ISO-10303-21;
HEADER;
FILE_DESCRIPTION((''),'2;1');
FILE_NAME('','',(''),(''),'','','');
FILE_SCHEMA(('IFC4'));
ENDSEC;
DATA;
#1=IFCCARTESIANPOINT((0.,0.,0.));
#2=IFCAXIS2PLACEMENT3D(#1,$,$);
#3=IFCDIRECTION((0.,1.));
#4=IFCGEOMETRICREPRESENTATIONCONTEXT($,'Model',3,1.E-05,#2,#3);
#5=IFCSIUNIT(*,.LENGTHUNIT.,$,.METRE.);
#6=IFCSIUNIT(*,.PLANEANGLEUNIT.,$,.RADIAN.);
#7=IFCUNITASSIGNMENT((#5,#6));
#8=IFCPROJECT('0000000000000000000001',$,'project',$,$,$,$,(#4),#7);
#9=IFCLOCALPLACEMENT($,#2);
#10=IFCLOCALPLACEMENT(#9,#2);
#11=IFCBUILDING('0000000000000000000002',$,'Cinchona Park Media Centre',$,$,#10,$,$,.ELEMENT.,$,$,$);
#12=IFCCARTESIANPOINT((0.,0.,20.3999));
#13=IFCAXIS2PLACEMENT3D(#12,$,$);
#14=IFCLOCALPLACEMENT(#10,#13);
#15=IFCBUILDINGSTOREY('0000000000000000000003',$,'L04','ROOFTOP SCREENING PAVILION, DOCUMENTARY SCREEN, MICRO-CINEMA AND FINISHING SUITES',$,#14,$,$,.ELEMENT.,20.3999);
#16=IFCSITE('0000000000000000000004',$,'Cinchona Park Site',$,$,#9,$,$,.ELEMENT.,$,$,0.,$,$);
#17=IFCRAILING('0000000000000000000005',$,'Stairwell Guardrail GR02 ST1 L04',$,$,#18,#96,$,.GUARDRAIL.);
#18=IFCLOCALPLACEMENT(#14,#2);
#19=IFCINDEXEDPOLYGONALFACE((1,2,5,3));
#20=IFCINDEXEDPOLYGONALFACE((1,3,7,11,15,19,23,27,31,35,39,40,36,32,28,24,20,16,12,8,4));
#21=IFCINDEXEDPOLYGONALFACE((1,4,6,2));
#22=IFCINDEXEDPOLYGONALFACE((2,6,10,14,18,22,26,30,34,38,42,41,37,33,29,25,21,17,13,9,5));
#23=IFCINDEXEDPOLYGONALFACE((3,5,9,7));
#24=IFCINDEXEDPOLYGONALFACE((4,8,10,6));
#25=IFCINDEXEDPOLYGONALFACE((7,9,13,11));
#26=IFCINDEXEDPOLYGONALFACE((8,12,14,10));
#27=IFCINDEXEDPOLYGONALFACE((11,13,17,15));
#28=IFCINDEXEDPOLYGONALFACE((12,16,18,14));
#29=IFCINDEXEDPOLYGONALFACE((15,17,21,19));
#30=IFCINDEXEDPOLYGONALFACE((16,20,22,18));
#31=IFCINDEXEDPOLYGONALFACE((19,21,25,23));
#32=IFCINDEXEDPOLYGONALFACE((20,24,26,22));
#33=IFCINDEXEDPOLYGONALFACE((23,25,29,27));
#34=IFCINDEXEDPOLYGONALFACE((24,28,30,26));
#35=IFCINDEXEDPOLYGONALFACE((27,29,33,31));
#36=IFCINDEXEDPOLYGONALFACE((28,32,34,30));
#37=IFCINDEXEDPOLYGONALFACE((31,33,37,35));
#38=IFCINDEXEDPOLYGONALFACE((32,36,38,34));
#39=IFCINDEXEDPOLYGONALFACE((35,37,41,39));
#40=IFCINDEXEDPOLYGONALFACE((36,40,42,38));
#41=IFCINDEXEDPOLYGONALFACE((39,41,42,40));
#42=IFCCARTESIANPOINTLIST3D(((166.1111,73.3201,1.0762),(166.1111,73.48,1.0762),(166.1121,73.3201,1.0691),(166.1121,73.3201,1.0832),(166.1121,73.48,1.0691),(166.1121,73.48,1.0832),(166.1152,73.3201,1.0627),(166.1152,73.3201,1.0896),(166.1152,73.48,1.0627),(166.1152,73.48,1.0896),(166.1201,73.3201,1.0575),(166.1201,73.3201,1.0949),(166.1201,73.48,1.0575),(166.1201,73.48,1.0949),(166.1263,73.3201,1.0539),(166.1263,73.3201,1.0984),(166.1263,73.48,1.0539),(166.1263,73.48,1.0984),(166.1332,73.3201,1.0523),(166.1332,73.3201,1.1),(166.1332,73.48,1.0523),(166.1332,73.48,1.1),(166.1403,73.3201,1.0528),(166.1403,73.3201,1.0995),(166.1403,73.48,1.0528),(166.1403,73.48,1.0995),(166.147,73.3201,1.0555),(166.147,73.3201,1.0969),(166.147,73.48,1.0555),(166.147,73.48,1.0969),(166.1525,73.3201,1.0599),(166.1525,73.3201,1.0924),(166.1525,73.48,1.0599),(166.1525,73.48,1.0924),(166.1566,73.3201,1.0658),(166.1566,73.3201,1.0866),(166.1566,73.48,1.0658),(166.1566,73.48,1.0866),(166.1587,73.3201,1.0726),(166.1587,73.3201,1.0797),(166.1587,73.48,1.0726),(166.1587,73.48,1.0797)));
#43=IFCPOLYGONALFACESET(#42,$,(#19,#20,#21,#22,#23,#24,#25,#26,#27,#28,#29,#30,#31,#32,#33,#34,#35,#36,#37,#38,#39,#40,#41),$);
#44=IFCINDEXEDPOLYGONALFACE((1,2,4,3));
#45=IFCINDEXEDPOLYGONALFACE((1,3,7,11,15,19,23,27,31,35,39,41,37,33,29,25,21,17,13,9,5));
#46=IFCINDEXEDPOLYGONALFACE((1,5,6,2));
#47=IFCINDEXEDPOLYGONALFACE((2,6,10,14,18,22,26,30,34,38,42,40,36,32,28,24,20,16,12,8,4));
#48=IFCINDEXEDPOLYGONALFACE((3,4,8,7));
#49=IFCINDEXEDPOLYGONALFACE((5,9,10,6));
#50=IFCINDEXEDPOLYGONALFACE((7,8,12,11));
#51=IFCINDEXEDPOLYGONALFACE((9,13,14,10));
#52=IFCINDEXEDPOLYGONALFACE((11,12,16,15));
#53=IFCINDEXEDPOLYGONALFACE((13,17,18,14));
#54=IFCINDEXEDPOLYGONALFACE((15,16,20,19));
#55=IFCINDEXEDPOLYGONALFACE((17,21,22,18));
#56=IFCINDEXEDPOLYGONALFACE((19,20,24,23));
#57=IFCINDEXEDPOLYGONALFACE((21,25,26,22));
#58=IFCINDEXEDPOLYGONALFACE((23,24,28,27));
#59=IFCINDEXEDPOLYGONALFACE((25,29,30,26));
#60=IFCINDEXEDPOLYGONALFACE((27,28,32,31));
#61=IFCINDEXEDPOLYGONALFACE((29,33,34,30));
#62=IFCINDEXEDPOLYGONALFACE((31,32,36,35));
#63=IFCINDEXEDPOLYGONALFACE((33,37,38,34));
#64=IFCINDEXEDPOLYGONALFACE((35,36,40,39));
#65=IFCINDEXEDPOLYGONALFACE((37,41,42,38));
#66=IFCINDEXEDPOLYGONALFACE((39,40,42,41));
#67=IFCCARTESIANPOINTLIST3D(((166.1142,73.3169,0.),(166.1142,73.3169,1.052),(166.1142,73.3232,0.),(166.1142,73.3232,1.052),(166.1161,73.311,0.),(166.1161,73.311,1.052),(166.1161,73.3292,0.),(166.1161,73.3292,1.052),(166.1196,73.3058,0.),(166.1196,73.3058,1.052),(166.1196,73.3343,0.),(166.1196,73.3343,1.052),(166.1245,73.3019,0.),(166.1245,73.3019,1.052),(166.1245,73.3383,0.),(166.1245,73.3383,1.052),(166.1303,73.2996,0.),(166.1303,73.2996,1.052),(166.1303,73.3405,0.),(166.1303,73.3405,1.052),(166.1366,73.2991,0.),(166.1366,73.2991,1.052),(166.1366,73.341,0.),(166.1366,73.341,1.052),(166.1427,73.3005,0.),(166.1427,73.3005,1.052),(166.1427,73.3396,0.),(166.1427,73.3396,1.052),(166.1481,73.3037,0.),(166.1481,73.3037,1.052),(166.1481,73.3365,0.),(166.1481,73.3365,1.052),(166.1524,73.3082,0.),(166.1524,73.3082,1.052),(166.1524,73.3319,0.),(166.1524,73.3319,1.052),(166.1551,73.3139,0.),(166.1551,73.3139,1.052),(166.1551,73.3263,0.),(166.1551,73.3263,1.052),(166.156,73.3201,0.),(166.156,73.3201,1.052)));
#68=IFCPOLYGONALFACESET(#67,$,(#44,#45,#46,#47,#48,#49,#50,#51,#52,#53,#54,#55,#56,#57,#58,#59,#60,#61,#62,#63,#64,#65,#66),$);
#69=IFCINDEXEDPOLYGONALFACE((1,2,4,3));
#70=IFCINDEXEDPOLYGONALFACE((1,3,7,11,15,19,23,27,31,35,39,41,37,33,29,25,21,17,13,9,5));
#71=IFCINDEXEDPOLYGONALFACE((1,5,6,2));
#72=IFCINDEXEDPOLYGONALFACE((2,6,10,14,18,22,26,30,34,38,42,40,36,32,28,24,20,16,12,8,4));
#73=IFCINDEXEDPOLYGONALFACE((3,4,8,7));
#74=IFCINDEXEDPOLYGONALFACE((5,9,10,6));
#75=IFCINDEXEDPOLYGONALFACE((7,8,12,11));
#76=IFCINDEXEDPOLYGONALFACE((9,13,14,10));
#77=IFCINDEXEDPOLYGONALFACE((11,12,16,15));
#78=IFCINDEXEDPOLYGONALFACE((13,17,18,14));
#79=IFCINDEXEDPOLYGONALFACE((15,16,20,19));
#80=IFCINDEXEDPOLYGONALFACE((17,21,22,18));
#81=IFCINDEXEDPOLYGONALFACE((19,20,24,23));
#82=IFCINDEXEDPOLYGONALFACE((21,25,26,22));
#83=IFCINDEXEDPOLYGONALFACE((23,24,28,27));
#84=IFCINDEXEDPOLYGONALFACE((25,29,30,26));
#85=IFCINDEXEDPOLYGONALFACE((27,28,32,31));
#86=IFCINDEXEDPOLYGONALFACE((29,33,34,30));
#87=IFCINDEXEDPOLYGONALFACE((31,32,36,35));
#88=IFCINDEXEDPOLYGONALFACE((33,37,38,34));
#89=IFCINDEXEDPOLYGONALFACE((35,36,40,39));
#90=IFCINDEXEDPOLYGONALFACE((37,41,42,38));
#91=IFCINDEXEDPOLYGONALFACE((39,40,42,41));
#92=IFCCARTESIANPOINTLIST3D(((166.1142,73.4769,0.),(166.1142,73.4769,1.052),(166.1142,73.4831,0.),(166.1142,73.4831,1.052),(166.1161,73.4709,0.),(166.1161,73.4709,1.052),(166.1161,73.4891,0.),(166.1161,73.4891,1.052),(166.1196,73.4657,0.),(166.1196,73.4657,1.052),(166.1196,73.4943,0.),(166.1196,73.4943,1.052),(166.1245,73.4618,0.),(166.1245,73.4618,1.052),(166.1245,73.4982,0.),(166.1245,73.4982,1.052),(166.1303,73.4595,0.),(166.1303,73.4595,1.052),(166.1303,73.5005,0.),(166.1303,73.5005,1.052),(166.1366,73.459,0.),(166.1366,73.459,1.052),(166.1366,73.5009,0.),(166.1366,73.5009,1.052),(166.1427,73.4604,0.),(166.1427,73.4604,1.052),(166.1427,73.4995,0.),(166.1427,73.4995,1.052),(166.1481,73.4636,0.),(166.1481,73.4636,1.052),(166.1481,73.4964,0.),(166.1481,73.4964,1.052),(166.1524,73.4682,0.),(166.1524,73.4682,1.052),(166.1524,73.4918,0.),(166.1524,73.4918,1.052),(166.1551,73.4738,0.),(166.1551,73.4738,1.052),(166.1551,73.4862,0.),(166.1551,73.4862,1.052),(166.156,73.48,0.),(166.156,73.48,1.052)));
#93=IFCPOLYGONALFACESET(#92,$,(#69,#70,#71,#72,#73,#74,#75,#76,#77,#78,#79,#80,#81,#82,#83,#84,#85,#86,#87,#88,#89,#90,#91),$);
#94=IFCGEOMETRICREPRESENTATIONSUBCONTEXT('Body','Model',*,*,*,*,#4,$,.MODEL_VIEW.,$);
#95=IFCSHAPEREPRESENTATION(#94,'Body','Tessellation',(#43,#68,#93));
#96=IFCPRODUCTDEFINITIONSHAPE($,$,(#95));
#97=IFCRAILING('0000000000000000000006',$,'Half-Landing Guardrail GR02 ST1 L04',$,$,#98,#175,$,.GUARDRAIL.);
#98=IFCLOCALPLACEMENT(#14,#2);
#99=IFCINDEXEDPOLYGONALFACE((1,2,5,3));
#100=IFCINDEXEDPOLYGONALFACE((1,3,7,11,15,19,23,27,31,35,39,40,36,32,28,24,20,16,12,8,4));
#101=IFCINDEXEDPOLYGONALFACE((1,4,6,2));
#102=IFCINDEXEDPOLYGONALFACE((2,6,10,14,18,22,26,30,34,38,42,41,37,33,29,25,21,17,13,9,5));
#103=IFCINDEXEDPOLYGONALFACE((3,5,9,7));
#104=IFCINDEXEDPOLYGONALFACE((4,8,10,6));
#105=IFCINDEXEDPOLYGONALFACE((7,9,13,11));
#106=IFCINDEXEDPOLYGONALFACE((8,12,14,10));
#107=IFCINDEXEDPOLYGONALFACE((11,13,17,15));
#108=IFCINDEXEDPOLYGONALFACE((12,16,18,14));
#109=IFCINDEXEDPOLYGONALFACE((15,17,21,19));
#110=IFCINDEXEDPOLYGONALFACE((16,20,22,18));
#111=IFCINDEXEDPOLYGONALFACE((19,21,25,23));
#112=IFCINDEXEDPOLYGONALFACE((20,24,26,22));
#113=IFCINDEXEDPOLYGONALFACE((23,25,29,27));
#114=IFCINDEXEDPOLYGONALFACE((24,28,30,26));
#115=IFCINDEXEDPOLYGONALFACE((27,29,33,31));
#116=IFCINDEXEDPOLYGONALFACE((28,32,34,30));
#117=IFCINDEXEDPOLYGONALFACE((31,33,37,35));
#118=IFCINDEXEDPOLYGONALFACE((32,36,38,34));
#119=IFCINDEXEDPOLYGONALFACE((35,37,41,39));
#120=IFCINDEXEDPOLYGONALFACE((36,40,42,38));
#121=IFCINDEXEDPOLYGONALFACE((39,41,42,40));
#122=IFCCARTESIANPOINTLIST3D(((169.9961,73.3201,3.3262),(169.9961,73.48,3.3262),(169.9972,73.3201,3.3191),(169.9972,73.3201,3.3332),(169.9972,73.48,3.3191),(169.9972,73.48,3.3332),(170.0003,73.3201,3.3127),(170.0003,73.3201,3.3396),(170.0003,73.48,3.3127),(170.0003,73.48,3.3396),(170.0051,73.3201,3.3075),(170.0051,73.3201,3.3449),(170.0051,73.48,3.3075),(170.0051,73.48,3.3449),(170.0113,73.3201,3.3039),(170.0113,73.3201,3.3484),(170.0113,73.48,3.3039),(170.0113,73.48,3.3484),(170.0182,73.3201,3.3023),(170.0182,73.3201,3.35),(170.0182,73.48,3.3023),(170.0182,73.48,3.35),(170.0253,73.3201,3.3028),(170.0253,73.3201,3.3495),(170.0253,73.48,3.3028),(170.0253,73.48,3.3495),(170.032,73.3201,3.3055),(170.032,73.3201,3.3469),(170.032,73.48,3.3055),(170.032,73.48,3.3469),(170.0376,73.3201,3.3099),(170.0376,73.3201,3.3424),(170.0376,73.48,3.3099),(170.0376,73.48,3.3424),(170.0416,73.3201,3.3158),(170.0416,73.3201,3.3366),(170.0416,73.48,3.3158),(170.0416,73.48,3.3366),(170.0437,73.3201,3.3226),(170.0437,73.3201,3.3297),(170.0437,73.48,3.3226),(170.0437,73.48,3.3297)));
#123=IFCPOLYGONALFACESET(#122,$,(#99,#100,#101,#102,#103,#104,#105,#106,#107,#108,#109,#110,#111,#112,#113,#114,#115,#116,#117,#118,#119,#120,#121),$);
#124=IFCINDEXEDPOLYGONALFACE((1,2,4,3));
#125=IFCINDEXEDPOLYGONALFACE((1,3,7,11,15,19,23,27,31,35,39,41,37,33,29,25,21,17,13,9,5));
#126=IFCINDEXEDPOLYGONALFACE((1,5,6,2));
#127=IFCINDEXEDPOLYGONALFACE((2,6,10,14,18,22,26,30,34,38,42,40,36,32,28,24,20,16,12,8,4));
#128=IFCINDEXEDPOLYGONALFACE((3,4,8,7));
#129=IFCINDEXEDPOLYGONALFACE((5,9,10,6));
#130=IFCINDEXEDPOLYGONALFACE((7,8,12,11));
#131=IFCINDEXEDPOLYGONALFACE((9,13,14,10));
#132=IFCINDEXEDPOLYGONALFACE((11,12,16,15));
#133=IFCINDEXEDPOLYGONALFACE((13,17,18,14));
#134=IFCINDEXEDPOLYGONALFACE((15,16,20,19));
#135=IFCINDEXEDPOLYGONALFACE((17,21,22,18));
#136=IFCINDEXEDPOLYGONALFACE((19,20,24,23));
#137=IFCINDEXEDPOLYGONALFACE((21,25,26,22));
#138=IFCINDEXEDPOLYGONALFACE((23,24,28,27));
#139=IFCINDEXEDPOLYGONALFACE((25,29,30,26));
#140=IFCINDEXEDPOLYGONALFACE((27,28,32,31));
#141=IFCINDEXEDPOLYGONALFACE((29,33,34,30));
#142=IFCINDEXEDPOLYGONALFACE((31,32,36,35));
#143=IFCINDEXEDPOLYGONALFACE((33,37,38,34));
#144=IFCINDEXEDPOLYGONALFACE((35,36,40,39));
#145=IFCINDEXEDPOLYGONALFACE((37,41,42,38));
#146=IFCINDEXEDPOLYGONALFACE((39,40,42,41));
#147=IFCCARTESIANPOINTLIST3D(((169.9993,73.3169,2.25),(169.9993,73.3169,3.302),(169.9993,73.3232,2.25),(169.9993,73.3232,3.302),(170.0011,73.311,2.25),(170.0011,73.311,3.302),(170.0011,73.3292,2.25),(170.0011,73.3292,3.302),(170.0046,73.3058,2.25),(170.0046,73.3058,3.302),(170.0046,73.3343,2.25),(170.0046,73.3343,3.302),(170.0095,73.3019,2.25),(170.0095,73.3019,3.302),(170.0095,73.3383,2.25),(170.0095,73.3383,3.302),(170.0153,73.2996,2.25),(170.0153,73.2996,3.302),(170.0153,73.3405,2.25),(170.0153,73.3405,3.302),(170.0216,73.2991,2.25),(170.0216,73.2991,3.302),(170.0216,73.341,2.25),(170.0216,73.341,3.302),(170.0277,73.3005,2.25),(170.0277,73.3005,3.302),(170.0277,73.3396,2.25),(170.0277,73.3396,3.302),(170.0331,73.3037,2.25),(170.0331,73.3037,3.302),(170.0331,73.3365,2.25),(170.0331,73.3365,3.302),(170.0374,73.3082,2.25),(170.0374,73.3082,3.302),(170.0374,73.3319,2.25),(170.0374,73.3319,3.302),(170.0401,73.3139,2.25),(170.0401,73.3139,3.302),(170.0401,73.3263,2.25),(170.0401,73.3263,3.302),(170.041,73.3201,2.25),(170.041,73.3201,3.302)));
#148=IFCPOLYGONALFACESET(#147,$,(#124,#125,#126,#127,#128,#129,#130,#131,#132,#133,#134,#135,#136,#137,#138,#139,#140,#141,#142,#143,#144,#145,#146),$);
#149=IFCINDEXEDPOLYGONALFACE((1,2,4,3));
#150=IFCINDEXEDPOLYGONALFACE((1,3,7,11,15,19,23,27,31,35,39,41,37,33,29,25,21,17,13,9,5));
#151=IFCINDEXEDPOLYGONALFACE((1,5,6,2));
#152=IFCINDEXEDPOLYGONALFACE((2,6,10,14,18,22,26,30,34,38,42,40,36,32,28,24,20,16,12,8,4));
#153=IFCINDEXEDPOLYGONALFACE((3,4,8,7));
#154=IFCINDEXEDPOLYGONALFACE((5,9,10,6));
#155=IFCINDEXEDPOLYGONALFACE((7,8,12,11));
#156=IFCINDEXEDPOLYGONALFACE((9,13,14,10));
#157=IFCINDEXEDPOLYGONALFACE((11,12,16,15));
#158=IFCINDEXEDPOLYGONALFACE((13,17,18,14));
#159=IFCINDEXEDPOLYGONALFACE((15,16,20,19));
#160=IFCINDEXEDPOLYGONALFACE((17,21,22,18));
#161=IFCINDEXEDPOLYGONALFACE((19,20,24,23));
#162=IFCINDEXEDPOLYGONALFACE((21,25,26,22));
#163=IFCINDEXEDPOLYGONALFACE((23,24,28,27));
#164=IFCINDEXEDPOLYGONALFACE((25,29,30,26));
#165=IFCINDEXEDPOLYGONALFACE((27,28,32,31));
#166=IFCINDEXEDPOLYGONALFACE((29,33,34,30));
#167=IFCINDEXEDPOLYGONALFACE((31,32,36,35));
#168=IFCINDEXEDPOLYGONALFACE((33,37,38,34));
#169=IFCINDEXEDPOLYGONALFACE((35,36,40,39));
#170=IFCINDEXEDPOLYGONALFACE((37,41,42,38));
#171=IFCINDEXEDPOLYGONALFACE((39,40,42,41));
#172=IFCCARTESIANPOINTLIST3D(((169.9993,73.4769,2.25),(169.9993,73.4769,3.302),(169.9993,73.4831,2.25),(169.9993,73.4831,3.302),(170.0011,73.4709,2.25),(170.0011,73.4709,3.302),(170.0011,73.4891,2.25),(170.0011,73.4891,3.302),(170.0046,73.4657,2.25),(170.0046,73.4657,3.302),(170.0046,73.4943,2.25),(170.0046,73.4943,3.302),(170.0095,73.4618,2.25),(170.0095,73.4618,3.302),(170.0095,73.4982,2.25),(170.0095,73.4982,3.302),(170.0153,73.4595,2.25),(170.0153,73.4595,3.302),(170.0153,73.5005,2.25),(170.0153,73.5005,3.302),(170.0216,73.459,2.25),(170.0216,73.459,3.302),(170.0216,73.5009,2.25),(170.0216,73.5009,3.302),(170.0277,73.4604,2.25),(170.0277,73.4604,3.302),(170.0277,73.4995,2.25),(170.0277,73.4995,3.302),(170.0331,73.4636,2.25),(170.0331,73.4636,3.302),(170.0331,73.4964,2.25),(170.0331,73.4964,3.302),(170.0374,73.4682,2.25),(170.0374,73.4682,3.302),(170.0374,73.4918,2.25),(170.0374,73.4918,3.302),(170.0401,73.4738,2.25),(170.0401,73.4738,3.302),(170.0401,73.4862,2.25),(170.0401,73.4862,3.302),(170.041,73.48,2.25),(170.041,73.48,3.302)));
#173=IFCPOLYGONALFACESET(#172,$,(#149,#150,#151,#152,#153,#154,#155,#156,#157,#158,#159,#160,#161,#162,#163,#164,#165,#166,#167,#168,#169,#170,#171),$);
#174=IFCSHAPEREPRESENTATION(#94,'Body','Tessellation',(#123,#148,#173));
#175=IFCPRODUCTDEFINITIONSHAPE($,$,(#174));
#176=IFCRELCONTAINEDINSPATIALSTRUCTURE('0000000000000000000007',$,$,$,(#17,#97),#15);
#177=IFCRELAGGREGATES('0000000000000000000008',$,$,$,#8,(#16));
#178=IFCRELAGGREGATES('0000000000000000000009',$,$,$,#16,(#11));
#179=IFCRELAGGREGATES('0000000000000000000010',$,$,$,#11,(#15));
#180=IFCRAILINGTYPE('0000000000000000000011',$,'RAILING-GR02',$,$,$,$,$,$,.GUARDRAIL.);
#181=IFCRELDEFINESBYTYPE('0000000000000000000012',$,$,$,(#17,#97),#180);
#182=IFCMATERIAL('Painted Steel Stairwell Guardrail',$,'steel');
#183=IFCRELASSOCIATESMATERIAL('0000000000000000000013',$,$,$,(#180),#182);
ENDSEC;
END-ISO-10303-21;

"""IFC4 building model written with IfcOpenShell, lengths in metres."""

from ifc_helpers import new_model, si_unit, direction, frame, origin, origin_2d, place, context, subcontext, project, spatial, circle, extrude, material, type_object, element, save


model = new_model("IFC4")

# Units and contexts
model_context = context("Model", 3, precision=1e-05, world=origin(), true_north=direction((0.0, 1.0)))
body_context = subcontext(model_context, "Body", "Model", "MODEL_VIEW")
ifc_project = project(units=[si_unit("LENGTHUNIT", "METRE"), si_unit("PLANEANGLEUNIT", "RADIAN")], contexts=[model_context])

# Site, building, storey
site_placement = place(None, origin())
site = spatial("IfcSite", under=ifc_project, at=site_placement, Name="Cinchona Park Site", CompositionType="ELEMENT", RefElevation=0.0)
building_placement = place(site_placement, origin())
building = spatial("IfcBuilding", under=site, at=building_placement, Name="Cinchona Park Media Centre", CompositionType="ELEMENT")
storey_placement = place(building_placement, frame((0.0, 0.0, 20.3999)))
storey = spatial("IfcBuildingStorey", under=building, at=storey_placement, Name="L04", Description="ROOFTOP SCREENING PAVILION, DOCUMENTARY SCREEN, MICRO-CINEMA AND FINISHING SUITES", CompositionType="ELEMENT", Elevation=20.3999)

# Railings
ifc_material_1 = material(Name="Painted Steel Stairwell Guardrail", Category="steel")
railing_type_1 = type_object("IfcRailingType", Name="RAILING-GR02", PredefinedType="GUARDRAIL", material=ifc_material_1)
for number, where, name in (
    (1, (166.135, 73.3201, 0.0), "Stairwell Guardrail GR02 ST1 L04"),
    (2, (170.02, 73.3201, 2.25), "Half-Landing Guardrail GR02 ST1 L04"),
):
    element("IfcRailing", number, at=place(storey_placement, frame(where)), inside=storey, type_object=railing_type_1, Name=name, PredefinedType="GUARDRAIL", context=body_context, shape_type="SweptSolid", body=[
        extrude(circle(Radius=0.0239, at=origin_2d()), frame((0.0, 0.0, 1.0762), z_axis=(0.0, 1.0, 0.0), x_axis=(-1.0, 0.0, 0.0)), (0.0, 0.0, 1.0), 0.1599),
        extrude(circle(Radius=0.021, at=origin_2d()), origin(), (0.0, 0.0, 1.0), 1.052),
        extrude(circle(Radius=0.021, at=origin_2d()), frame((0.0, 0.1599, 0.0)), (0.0, 0.0, 1.0), 1.052),
    ])

save(model, "model.ifc")
